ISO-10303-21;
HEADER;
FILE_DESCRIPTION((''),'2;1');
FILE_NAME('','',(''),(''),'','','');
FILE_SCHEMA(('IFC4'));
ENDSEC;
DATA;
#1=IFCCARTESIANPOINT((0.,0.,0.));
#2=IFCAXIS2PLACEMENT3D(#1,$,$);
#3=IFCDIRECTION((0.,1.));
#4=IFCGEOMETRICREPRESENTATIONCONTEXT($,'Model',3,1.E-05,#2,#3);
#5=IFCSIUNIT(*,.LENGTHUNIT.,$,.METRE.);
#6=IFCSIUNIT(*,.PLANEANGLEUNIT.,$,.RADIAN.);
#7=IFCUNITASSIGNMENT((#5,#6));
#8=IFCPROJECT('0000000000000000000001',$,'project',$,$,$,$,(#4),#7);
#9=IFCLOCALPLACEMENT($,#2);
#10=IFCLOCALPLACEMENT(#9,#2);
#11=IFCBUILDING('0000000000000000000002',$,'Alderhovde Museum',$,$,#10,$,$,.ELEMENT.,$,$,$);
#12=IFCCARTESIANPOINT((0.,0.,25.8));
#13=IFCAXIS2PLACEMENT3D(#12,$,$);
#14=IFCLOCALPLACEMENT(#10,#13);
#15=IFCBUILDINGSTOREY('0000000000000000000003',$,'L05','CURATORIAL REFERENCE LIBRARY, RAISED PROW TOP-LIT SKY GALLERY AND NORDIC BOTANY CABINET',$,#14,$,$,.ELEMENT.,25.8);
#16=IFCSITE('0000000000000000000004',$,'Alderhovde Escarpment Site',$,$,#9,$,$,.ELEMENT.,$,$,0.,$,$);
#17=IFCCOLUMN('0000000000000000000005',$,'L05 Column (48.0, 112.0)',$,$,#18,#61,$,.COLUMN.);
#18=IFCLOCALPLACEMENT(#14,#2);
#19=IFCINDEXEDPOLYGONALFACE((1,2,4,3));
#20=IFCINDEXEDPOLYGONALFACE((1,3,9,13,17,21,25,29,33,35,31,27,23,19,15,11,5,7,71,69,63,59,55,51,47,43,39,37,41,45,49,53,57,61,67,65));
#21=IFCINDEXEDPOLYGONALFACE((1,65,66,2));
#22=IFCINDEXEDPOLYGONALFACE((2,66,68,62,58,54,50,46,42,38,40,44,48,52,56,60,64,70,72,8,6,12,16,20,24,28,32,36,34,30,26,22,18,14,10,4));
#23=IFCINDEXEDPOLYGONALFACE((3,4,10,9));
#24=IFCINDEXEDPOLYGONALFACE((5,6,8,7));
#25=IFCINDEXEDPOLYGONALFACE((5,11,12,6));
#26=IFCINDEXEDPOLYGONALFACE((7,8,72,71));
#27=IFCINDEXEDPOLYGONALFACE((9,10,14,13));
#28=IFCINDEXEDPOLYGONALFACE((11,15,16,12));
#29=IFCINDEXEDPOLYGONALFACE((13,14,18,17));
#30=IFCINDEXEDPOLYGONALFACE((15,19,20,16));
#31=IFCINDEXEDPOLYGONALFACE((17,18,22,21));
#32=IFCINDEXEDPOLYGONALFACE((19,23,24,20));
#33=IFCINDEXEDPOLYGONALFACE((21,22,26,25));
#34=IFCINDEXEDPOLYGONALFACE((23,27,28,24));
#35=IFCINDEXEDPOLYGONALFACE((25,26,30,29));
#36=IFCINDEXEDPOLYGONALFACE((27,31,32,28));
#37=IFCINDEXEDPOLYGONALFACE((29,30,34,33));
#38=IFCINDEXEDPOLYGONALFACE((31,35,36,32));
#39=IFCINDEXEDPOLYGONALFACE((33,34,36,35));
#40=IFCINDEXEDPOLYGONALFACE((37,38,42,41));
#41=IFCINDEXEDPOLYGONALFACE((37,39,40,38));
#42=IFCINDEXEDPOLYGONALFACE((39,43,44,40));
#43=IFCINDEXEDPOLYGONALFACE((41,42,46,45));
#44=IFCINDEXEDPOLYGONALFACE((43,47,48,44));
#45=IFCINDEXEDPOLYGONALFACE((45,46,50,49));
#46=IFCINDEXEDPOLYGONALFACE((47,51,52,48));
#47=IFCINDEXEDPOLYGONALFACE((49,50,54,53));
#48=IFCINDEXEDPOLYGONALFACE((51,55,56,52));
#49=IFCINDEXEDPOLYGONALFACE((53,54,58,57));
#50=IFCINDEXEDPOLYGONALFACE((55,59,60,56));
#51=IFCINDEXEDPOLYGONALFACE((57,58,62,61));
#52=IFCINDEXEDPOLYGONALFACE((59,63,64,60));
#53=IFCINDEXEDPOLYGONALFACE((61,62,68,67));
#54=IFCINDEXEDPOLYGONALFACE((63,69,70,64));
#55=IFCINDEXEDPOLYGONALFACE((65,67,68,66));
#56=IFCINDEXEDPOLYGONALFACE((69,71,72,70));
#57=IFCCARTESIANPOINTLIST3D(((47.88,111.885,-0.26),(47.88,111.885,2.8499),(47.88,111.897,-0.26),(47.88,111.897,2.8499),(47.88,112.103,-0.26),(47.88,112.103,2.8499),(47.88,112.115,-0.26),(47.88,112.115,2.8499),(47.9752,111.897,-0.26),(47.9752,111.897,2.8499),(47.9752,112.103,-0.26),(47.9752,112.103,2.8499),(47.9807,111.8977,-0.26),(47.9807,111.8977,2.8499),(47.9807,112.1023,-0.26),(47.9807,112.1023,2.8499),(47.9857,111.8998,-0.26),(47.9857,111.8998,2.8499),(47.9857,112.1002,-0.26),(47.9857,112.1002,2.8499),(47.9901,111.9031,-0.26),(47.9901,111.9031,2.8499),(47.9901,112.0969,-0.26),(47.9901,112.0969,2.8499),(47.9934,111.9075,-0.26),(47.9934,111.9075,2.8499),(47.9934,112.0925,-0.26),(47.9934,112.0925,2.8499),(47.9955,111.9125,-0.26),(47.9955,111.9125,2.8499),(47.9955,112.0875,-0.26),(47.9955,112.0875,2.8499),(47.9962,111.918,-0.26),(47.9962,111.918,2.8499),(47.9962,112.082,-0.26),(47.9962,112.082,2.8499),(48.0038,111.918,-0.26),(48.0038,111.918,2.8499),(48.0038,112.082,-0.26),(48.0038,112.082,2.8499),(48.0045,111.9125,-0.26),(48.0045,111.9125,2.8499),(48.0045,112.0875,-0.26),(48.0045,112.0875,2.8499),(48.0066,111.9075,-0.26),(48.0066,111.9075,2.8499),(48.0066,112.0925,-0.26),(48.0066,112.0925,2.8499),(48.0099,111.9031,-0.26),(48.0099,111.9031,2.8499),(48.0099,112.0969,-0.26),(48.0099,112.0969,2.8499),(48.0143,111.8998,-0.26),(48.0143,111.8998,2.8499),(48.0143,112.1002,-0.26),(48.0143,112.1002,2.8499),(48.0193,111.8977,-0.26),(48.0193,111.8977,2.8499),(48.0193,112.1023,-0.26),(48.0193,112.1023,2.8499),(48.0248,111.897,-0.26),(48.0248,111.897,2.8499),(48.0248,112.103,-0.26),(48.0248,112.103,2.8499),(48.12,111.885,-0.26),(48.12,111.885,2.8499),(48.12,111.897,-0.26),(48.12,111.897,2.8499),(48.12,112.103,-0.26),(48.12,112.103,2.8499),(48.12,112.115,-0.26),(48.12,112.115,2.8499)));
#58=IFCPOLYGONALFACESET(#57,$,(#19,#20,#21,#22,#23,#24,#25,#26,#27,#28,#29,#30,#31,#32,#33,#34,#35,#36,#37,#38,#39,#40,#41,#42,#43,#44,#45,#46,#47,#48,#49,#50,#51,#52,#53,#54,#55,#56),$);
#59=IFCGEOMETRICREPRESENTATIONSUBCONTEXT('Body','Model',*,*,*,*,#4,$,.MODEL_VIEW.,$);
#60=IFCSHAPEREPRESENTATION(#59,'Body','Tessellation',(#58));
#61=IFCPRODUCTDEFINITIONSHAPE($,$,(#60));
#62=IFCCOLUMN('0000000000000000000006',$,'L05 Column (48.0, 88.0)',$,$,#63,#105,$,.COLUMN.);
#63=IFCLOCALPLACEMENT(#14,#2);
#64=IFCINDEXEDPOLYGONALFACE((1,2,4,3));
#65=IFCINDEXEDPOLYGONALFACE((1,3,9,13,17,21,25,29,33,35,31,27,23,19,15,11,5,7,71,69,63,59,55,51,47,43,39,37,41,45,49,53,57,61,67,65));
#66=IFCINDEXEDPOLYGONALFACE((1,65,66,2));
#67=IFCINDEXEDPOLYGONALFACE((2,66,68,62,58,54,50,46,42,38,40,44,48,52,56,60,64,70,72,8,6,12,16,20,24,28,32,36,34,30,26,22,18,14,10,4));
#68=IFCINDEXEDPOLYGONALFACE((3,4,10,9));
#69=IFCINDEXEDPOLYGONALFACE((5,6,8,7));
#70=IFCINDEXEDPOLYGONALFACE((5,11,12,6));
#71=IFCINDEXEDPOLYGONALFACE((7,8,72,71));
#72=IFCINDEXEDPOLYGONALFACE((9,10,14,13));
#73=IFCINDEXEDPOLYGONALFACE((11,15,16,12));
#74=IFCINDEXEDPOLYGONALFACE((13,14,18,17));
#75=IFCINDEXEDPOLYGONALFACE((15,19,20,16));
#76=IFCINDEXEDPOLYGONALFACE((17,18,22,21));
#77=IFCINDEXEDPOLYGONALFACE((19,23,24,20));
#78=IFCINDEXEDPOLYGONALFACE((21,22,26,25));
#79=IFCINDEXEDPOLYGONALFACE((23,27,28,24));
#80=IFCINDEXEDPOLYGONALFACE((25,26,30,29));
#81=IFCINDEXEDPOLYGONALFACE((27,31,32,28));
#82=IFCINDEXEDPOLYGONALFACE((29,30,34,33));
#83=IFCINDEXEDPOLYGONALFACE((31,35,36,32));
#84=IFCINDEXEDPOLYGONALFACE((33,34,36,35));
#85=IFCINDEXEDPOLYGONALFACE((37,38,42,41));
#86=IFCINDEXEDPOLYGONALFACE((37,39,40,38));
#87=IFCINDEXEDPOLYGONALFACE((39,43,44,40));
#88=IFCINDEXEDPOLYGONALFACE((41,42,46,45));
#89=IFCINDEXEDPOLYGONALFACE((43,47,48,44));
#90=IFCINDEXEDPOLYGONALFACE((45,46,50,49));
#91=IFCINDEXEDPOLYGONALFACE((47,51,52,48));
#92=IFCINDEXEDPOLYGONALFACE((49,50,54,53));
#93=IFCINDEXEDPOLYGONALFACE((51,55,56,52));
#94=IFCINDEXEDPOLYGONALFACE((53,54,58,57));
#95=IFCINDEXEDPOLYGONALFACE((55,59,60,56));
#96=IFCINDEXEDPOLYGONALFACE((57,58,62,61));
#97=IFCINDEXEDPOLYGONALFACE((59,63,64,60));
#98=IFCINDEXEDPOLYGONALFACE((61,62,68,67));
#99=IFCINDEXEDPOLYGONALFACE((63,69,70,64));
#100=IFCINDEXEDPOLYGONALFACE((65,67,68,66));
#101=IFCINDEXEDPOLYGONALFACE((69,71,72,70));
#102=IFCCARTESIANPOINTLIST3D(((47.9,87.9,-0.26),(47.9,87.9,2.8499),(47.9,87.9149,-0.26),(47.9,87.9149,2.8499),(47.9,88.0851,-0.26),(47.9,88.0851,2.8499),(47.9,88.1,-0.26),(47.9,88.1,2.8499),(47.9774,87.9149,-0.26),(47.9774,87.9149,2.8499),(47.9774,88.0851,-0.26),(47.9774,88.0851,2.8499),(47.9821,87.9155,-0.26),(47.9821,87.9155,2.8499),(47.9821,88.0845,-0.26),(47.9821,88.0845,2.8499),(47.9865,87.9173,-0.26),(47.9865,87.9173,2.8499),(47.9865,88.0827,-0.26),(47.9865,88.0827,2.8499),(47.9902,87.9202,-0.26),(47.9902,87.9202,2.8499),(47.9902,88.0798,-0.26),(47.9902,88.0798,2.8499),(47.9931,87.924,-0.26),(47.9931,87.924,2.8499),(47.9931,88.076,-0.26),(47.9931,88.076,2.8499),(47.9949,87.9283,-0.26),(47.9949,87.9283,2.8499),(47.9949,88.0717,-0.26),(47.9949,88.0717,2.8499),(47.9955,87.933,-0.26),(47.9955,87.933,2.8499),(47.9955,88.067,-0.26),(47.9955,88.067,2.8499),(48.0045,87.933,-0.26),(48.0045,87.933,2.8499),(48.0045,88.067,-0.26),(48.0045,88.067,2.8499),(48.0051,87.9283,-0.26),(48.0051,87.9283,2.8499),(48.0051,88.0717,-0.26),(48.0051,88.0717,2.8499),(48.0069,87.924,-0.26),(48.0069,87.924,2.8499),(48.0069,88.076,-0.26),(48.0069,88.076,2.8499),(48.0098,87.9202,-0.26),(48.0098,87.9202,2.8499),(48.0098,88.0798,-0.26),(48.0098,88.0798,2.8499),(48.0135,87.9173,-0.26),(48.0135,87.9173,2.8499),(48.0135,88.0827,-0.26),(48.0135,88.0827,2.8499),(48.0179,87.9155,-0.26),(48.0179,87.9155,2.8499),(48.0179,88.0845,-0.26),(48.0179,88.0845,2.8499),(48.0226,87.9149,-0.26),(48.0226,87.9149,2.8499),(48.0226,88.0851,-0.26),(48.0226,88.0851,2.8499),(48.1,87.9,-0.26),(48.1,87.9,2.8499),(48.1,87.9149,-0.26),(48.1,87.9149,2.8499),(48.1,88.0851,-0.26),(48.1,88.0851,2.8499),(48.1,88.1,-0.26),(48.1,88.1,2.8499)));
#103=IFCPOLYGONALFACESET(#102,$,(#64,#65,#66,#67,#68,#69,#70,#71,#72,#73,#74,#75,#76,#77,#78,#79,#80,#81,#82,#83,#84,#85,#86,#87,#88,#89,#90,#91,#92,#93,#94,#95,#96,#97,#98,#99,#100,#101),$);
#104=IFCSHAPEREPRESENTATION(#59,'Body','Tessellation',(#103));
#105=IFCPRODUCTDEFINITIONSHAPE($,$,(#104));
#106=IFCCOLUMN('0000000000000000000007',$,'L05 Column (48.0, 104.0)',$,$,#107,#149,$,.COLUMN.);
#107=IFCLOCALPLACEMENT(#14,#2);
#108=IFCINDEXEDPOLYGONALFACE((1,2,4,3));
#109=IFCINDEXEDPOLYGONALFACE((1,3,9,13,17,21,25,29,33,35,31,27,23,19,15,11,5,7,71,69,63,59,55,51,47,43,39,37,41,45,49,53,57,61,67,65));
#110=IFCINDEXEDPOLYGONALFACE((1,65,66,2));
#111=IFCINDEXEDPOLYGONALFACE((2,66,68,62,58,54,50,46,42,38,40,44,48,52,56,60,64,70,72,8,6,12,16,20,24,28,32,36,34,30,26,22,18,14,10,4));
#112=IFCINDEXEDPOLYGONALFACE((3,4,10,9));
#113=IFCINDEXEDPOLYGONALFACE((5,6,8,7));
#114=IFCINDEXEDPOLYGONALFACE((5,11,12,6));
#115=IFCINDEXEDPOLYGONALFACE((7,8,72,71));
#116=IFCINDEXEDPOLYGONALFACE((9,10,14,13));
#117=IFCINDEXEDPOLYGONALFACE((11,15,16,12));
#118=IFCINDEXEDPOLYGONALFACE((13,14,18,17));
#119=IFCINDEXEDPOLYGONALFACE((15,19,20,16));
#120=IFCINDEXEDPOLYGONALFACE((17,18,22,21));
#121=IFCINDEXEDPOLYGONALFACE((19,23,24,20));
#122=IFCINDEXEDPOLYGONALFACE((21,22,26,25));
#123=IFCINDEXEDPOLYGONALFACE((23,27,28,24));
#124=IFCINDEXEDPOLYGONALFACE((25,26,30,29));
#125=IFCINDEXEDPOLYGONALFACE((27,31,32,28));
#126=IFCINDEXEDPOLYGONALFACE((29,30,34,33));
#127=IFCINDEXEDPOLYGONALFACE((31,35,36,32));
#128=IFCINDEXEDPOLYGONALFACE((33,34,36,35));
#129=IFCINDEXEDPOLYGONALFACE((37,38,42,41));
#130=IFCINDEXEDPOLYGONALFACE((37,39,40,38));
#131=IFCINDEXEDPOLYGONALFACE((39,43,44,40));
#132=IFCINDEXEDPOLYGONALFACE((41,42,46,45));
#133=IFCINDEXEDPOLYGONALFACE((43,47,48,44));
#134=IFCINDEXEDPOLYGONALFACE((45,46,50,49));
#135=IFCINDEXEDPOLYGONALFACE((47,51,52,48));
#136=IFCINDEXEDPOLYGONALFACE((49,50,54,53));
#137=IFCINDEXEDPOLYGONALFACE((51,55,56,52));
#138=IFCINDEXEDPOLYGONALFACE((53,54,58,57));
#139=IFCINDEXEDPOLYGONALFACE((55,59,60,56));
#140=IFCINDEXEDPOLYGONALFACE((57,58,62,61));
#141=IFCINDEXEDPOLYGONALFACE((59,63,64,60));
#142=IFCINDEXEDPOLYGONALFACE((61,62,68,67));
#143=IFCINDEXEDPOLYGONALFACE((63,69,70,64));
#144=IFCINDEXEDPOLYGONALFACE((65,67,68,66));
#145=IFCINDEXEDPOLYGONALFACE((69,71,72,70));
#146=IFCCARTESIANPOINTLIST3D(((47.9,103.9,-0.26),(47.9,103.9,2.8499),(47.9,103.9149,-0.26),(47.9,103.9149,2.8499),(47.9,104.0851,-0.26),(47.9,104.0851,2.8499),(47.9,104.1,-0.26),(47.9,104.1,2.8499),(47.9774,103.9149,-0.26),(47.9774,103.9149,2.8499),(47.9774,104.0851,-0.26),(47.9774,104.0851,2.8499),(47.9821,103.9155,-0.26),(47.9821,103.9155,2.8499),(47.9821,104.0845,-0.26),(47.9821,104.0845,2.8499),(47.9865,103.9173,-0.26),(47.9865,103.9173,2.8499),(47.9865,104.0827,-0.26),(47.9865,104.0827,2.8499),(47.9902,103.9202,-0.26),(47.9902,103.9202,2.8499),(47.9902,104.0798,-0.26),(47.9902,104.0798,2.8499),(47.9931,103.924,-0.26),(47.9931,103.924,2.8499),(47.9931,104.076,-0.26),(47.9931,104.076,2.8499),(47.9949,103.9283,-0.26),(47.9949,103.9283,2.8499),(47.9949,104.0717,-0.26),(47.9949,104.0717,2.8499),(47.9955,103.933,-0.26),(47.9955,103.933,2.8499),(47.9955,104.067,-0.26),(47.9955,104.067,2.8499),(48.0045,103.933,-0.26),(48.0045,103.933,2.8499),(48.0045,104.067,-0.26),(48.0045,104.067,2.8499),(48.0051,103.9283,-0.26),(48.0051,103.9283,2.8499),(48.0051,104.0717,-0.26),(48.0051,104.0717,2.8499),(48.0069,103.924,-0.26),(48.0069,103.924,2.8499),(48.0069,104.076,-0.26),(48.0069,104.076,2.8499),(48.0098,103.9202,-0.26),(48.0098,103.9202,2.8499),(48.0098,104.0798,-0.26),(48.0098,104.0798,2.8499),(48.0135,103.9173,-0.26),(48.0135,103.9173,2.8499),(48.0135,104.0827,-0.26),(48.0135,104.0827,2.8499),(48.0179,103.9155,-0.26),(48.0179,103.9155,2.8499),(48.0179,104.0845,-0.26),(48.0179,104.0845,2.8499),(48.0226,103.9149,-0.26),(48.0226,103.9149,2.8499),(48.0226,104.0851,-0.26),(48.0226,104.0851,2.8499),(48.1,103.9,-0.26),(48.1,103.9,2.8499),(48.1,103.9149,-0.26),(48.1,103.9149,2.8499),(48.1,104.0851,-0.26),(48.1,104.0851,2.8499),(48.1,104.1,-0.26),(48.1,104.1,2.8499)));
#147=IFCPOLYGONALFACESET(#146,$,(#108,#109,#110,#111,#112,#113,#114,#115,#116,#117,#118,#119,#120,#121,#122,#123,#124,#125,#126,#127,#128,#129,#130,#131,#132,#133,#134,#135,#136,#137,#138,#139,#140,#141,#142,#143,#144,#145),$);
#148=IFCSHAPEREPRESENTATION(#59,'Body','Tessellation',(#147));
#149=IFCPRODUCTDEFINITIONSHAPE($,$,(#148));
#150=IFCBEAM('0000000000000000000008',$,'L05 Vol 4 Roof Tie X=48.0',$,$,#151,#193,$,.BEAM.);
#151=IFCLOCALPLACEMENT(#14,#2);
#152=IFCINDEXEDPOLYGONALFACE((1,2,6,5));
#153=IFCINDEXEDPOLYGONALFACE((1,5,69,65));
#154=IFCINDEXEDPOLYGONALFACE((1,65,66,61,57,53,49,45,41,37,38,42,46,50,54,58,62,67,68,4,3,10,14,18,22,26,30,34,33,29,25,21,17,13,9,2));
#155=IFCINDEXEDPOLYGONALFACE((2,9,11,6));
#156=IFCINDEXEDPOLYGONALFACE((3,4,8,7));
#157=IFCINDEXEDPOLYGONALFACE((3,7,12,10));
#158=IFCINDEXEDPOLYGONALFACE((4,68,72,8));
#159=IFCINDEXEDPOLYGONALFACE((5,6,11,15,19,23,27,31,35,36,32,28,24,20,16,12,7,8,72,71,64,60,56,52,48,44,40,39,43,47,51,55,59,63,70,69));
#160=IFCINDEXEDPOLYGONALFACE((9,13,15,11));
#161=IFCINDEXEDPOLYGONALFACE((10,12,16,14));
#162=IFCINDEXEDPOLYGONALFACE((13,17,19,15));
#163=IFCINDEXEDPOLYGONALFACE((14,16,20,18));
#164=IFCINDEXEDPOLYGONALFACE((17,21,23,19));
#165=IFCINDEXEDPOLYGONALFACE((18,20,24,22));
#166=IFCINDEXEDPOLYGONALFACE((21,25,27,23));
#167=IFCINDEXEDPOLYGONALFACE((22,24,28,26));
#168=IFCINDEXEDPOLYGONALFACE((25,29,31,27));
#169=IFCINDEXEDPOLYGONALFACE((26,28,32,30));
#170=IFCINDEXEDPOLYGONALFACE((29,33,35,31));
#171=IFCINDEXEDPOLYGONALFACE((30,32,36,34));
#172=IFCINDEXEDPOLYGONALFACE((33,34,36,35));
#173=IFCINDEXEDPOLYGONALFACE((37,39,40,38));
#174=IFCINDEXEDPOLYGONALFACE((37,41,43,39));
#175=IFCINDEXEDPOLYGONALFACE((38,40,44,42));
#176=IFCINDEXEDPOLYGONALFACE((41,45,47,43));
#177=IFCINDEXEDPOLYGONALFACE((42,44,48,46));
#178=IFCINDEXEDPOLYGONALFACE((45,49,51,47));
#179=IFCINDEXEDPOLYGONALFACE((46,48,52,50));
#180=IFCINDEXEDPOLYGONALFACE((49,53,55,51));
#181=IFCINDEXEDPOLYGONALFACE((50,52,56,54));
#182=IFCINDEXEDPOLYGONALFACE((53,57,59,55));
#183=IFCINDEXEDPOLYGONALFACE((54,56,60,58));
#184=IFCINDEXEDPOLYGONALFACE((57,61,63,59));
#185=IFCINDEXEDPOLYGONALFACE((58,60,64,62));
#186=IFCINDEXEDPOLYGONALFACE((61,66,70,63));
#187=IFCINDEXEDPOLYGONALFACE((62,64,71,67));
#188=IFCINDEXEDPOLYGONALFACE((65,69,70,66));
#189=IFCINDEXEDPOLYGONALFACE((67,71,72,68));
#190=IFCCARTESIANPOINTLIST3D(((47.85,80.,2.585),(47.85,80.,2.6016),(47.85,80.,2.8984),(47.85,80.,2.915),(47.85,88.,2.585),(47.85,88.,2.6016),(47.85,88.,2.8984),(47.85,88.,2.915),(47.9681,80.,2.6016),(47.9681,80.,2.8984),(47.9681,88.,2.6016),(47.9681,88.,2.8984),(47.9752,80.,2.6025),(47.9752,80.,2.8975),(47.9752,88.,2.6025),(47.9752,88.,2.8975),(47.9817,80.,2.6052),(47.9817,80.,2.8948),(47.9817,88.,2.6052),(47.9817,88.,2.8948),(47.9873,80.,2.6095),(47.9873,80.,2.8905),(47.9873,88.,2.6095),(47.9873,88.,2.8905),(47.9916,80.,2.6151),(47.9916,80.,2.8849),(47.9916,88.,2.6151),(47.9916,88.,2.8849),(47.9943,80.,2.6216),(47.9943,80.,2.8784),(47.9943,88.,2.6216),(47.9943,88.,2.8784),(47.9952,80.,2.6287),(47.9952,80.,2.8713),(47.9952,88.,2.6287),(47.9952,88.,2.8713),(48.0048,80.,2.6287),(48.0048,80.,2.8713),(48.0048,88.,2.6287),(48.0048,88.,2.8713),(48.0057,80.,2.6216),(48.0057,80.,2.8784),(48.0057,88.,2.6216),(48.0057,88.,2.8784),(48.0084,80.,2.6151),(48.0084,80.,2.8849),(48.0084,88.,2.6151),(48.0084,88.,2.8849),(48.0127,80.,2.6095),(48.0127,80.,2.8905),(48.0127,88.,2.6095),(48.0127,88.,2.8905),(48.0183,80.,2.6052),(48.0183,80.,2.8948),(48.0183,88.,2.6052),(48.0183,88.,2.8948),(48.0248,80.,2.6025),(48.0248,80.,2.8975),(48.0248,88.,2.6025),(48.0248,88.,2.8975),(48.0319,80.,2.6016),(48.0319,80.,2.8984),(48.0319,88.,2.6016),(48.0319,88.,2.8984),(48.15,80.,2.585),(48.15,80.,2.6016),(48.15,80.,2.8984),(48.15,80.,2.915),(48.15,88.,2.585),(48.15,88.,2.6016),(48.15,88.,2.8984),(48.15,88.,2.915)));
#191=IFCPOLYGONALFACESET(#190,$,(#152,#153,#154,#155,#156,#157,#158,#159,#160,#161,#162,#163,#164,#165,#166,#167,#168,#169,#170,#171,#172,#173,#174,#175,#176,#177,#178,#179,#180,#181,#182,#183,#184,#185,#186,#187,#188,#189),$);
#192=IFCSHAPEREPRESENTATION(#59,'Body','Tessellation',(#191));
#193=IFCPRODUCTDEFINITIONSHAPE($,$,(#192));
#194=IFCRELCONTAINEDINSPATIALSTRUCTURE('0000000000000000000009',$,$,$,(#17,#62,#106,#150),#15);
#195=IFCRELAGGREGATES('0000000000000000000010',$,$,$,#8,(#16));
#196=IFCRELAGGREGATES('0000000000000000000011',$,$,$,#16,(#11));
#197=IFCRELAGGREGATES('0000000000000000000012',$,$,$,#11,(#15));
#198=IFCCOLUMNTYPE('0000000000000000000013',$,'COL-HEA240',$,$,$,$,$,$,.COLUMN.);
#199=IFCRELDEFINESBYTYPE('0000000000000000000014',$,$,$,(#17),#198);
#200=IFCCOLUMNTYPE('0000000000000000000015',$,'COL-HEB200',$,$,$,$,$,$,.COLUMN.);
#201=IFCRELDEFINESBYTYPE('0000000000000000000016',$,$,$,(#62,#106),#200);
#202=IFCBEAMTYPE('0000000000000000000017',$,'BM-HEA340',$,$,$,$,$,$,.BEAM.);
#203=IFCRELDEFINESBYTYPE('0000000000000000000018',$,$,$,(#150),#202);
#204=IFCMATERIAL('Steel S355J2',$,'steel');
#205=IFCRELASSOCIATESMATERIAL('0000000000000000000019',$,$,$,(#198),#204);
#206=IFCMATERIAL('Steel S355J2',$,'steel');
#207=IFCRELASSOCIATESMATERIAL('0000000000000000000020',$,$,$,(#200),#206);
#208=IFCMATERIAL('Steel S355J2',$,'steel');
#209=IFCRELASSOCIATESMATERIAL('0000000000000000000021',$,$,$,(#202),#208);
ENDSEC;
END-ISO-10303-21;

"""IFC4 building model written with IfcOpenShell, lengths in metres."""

from ifc_helpers import new_model, si_unit, direction, frame, origin, origin_2d, place, context, subcontext, project, spatial, i_section, extrude, material, material_profile, profile_set, type_object, element, save


model = new_model("IFC4")

# Units and contexts
model_context = context("Model", 3, precision=1e-05, world=origin(), true_north=direction((0.0, 1.0)))
body_context = subcontext(model_context, "Body", "Model", "MODEL_VIEW")
ifc_project = project(units=[si_unit("LENGTHUNIT", "METRE"), si_unit("PLANEANGLEUNIT", "RADIAN")], contexts=[model_context])

# Site, building, storey
site_placement = place(None, origin())
site = spatial("IfcSite", under=ifc_project, at=site_placement, Name="Alderhovde Escarpment Site", CompositionType="ELEMENT", RefElevation=0.0)
building_placement = place(site_placement, origin())
building = spatial("IfcBuilding", under=site, at=building_placement, Name="Alderhovde Museum", CompositionType="ELEMENT")
storey_placement = place(building_placement, frame((0.0, 0.0, 25.8)))
storey = spatial("IfcBuildingStorey", under=building, at=storey_placement, Name="L05", Description="CURATORIAL REFERENCE LIBRARY, RAISED PROW TOP-LIT SKY GALLERY AND NORDIC BOTANY CABINET", CompositionType="ELEMENT", Elevation=25.8)

# Columns
ifc_material_1 = material(Name="Steel S355J2", Category="steel")
ifc_material_profile_1 = material_profile(ifc_material_1, i_section(OverallWidth=0.24, OverallDepth=0.23, WebThickness=0.0076, FlangeThickness=0.012, FilletRadius=0.021, at=origin_2d()), Name="HEA 240")
ifc_profile_set_1 = profile_set([ifc_material_profile_1], Name="Steel S355J2")
column_type_1 = type_object("IfcColumnType", Name="COL-HEA240", PredefinedType="COLUMN", material=ifc_profile_set_1)
for number, where, z_axis, x_axis, name in (
    (1, (48.0, 112.0, -0.26), (0.0, 0.0, 1.0), (1.0, 0.0, 0.0), "L05 Column (48.0, 112.0)"),
):
    element("IfcColumn", number, at=place(storey_placement, frame(where, z_axis=z_axis, x_axis=x_axis)), inside=storey, type_object=column_type_1, Name=name, PredefinedType="COLUMN", context=body_context, shape_type="SweptSolid", body=[
        extrude(i_section(OverallWidth=0.24, OverallDepth=0.23, WebThickness=0.0076, FlangeThickness=0.012, FilletRadius=0.021, at=origin_2d()), origin(), (0.0, 0.0, 1.0), 3.1099),
    ])
ifc_material_2 = material(Name="Steel S355J2", Category="steel")
ifc_material_profile_2 = material_profile(ifc_material_2, i_section(OverallWidth=0.2, OverallDepth=0.2, WebThickness=0.009, FlangeThickness=0.0149, FilletRadius=0.0181, at=origin_2d()), Name="HEB 200")
ifc_profile_set_2 = profile_set([ifc_material_profile_2], Name="Steel S355J2")
column_type_2 = type_object("IfcColumnType", Name="COL-HEB200", PredefinedType="COLUMN", material=ifc_profile_set_2)
for number, where, z_axis, x_axis, name in (
    (2, (48.0, 88.0, -0.26), (0.0, 0.0, 1.0), (1.0, 0.0, 0.0), "L05 Column (48.0, 88.0)"),
    (3, (48.0, 104.0, -0.26), (0.0, 0.0, 1.0), (1.0, 0.0, 0.0), "L05 Column (48.0, 104.0)"),
):
    element("IfcColumn", number, at=place(storey_placement, frame(where, z_axis=z_axis, x_axis=x_axis)), inside=storey, type_object=column_type_2, Name=name, PredefinedType="COLUMN", context=body_context, shape_type="SweptSolid", body=[
        extrude(i_section(OverallWidth=0.2, OverallDepth=0.2, WebThickness=0.009, FlangeThickness=0.0149, FilletRadius=0.0181, at=origin_2d()), origin(), (0.0, 0.0, 1.0), 3.1099),
    ])

# Beam
ifc_material_3 = material(Name="Steel S355J2", Category="steel")
ifc_material_profile_3 = material_profile(ifc_material_3, i_section(OverallWidth=0.3, OverallDepth=0.3301, WebThickness=0.0095, FlangeThickness=0.0166, FilletRadius=0.0271, at=origin_2d()), Name="HEA 340")
ifc_profile_set_3 = profile_set([ifc_material_profile_3], Name="Steel S355J2")
beam_type_1 = type_object("IfcBeamType", Name="BM-HEA340", PredefinedType="BEAM", material=ifc_profile_set_3)
for number, where, z_axis, x_axis, name in (
    (4, (48.0, 80.0, 2.75), (0.0, 1.0, 0.0), (-1.0, 0.0, 0.0), "L05 Vol 4 Roof Tie X=48.0"),
):
    element("IfcBeam", number, at=place(storey_placement, frame(where, z_axis=z_axis, x_axis=x_axis)), inside=storey, type_object=beam_type_1, Name=name, PredefinedType="BEAM", context=body_context, shape_type="SweptSolid", body=[
        extrude(i_section(OverallWidth=0.3, OverallDepth=0.3301, WebThickness=0.0095, FlangeThickness=0.0166, FilletRadius=0.0271, at=origin_2d()), origin(), (0.0, 0.0, 1.0), 8.0),
    ])

save(model, "model.ifc")
